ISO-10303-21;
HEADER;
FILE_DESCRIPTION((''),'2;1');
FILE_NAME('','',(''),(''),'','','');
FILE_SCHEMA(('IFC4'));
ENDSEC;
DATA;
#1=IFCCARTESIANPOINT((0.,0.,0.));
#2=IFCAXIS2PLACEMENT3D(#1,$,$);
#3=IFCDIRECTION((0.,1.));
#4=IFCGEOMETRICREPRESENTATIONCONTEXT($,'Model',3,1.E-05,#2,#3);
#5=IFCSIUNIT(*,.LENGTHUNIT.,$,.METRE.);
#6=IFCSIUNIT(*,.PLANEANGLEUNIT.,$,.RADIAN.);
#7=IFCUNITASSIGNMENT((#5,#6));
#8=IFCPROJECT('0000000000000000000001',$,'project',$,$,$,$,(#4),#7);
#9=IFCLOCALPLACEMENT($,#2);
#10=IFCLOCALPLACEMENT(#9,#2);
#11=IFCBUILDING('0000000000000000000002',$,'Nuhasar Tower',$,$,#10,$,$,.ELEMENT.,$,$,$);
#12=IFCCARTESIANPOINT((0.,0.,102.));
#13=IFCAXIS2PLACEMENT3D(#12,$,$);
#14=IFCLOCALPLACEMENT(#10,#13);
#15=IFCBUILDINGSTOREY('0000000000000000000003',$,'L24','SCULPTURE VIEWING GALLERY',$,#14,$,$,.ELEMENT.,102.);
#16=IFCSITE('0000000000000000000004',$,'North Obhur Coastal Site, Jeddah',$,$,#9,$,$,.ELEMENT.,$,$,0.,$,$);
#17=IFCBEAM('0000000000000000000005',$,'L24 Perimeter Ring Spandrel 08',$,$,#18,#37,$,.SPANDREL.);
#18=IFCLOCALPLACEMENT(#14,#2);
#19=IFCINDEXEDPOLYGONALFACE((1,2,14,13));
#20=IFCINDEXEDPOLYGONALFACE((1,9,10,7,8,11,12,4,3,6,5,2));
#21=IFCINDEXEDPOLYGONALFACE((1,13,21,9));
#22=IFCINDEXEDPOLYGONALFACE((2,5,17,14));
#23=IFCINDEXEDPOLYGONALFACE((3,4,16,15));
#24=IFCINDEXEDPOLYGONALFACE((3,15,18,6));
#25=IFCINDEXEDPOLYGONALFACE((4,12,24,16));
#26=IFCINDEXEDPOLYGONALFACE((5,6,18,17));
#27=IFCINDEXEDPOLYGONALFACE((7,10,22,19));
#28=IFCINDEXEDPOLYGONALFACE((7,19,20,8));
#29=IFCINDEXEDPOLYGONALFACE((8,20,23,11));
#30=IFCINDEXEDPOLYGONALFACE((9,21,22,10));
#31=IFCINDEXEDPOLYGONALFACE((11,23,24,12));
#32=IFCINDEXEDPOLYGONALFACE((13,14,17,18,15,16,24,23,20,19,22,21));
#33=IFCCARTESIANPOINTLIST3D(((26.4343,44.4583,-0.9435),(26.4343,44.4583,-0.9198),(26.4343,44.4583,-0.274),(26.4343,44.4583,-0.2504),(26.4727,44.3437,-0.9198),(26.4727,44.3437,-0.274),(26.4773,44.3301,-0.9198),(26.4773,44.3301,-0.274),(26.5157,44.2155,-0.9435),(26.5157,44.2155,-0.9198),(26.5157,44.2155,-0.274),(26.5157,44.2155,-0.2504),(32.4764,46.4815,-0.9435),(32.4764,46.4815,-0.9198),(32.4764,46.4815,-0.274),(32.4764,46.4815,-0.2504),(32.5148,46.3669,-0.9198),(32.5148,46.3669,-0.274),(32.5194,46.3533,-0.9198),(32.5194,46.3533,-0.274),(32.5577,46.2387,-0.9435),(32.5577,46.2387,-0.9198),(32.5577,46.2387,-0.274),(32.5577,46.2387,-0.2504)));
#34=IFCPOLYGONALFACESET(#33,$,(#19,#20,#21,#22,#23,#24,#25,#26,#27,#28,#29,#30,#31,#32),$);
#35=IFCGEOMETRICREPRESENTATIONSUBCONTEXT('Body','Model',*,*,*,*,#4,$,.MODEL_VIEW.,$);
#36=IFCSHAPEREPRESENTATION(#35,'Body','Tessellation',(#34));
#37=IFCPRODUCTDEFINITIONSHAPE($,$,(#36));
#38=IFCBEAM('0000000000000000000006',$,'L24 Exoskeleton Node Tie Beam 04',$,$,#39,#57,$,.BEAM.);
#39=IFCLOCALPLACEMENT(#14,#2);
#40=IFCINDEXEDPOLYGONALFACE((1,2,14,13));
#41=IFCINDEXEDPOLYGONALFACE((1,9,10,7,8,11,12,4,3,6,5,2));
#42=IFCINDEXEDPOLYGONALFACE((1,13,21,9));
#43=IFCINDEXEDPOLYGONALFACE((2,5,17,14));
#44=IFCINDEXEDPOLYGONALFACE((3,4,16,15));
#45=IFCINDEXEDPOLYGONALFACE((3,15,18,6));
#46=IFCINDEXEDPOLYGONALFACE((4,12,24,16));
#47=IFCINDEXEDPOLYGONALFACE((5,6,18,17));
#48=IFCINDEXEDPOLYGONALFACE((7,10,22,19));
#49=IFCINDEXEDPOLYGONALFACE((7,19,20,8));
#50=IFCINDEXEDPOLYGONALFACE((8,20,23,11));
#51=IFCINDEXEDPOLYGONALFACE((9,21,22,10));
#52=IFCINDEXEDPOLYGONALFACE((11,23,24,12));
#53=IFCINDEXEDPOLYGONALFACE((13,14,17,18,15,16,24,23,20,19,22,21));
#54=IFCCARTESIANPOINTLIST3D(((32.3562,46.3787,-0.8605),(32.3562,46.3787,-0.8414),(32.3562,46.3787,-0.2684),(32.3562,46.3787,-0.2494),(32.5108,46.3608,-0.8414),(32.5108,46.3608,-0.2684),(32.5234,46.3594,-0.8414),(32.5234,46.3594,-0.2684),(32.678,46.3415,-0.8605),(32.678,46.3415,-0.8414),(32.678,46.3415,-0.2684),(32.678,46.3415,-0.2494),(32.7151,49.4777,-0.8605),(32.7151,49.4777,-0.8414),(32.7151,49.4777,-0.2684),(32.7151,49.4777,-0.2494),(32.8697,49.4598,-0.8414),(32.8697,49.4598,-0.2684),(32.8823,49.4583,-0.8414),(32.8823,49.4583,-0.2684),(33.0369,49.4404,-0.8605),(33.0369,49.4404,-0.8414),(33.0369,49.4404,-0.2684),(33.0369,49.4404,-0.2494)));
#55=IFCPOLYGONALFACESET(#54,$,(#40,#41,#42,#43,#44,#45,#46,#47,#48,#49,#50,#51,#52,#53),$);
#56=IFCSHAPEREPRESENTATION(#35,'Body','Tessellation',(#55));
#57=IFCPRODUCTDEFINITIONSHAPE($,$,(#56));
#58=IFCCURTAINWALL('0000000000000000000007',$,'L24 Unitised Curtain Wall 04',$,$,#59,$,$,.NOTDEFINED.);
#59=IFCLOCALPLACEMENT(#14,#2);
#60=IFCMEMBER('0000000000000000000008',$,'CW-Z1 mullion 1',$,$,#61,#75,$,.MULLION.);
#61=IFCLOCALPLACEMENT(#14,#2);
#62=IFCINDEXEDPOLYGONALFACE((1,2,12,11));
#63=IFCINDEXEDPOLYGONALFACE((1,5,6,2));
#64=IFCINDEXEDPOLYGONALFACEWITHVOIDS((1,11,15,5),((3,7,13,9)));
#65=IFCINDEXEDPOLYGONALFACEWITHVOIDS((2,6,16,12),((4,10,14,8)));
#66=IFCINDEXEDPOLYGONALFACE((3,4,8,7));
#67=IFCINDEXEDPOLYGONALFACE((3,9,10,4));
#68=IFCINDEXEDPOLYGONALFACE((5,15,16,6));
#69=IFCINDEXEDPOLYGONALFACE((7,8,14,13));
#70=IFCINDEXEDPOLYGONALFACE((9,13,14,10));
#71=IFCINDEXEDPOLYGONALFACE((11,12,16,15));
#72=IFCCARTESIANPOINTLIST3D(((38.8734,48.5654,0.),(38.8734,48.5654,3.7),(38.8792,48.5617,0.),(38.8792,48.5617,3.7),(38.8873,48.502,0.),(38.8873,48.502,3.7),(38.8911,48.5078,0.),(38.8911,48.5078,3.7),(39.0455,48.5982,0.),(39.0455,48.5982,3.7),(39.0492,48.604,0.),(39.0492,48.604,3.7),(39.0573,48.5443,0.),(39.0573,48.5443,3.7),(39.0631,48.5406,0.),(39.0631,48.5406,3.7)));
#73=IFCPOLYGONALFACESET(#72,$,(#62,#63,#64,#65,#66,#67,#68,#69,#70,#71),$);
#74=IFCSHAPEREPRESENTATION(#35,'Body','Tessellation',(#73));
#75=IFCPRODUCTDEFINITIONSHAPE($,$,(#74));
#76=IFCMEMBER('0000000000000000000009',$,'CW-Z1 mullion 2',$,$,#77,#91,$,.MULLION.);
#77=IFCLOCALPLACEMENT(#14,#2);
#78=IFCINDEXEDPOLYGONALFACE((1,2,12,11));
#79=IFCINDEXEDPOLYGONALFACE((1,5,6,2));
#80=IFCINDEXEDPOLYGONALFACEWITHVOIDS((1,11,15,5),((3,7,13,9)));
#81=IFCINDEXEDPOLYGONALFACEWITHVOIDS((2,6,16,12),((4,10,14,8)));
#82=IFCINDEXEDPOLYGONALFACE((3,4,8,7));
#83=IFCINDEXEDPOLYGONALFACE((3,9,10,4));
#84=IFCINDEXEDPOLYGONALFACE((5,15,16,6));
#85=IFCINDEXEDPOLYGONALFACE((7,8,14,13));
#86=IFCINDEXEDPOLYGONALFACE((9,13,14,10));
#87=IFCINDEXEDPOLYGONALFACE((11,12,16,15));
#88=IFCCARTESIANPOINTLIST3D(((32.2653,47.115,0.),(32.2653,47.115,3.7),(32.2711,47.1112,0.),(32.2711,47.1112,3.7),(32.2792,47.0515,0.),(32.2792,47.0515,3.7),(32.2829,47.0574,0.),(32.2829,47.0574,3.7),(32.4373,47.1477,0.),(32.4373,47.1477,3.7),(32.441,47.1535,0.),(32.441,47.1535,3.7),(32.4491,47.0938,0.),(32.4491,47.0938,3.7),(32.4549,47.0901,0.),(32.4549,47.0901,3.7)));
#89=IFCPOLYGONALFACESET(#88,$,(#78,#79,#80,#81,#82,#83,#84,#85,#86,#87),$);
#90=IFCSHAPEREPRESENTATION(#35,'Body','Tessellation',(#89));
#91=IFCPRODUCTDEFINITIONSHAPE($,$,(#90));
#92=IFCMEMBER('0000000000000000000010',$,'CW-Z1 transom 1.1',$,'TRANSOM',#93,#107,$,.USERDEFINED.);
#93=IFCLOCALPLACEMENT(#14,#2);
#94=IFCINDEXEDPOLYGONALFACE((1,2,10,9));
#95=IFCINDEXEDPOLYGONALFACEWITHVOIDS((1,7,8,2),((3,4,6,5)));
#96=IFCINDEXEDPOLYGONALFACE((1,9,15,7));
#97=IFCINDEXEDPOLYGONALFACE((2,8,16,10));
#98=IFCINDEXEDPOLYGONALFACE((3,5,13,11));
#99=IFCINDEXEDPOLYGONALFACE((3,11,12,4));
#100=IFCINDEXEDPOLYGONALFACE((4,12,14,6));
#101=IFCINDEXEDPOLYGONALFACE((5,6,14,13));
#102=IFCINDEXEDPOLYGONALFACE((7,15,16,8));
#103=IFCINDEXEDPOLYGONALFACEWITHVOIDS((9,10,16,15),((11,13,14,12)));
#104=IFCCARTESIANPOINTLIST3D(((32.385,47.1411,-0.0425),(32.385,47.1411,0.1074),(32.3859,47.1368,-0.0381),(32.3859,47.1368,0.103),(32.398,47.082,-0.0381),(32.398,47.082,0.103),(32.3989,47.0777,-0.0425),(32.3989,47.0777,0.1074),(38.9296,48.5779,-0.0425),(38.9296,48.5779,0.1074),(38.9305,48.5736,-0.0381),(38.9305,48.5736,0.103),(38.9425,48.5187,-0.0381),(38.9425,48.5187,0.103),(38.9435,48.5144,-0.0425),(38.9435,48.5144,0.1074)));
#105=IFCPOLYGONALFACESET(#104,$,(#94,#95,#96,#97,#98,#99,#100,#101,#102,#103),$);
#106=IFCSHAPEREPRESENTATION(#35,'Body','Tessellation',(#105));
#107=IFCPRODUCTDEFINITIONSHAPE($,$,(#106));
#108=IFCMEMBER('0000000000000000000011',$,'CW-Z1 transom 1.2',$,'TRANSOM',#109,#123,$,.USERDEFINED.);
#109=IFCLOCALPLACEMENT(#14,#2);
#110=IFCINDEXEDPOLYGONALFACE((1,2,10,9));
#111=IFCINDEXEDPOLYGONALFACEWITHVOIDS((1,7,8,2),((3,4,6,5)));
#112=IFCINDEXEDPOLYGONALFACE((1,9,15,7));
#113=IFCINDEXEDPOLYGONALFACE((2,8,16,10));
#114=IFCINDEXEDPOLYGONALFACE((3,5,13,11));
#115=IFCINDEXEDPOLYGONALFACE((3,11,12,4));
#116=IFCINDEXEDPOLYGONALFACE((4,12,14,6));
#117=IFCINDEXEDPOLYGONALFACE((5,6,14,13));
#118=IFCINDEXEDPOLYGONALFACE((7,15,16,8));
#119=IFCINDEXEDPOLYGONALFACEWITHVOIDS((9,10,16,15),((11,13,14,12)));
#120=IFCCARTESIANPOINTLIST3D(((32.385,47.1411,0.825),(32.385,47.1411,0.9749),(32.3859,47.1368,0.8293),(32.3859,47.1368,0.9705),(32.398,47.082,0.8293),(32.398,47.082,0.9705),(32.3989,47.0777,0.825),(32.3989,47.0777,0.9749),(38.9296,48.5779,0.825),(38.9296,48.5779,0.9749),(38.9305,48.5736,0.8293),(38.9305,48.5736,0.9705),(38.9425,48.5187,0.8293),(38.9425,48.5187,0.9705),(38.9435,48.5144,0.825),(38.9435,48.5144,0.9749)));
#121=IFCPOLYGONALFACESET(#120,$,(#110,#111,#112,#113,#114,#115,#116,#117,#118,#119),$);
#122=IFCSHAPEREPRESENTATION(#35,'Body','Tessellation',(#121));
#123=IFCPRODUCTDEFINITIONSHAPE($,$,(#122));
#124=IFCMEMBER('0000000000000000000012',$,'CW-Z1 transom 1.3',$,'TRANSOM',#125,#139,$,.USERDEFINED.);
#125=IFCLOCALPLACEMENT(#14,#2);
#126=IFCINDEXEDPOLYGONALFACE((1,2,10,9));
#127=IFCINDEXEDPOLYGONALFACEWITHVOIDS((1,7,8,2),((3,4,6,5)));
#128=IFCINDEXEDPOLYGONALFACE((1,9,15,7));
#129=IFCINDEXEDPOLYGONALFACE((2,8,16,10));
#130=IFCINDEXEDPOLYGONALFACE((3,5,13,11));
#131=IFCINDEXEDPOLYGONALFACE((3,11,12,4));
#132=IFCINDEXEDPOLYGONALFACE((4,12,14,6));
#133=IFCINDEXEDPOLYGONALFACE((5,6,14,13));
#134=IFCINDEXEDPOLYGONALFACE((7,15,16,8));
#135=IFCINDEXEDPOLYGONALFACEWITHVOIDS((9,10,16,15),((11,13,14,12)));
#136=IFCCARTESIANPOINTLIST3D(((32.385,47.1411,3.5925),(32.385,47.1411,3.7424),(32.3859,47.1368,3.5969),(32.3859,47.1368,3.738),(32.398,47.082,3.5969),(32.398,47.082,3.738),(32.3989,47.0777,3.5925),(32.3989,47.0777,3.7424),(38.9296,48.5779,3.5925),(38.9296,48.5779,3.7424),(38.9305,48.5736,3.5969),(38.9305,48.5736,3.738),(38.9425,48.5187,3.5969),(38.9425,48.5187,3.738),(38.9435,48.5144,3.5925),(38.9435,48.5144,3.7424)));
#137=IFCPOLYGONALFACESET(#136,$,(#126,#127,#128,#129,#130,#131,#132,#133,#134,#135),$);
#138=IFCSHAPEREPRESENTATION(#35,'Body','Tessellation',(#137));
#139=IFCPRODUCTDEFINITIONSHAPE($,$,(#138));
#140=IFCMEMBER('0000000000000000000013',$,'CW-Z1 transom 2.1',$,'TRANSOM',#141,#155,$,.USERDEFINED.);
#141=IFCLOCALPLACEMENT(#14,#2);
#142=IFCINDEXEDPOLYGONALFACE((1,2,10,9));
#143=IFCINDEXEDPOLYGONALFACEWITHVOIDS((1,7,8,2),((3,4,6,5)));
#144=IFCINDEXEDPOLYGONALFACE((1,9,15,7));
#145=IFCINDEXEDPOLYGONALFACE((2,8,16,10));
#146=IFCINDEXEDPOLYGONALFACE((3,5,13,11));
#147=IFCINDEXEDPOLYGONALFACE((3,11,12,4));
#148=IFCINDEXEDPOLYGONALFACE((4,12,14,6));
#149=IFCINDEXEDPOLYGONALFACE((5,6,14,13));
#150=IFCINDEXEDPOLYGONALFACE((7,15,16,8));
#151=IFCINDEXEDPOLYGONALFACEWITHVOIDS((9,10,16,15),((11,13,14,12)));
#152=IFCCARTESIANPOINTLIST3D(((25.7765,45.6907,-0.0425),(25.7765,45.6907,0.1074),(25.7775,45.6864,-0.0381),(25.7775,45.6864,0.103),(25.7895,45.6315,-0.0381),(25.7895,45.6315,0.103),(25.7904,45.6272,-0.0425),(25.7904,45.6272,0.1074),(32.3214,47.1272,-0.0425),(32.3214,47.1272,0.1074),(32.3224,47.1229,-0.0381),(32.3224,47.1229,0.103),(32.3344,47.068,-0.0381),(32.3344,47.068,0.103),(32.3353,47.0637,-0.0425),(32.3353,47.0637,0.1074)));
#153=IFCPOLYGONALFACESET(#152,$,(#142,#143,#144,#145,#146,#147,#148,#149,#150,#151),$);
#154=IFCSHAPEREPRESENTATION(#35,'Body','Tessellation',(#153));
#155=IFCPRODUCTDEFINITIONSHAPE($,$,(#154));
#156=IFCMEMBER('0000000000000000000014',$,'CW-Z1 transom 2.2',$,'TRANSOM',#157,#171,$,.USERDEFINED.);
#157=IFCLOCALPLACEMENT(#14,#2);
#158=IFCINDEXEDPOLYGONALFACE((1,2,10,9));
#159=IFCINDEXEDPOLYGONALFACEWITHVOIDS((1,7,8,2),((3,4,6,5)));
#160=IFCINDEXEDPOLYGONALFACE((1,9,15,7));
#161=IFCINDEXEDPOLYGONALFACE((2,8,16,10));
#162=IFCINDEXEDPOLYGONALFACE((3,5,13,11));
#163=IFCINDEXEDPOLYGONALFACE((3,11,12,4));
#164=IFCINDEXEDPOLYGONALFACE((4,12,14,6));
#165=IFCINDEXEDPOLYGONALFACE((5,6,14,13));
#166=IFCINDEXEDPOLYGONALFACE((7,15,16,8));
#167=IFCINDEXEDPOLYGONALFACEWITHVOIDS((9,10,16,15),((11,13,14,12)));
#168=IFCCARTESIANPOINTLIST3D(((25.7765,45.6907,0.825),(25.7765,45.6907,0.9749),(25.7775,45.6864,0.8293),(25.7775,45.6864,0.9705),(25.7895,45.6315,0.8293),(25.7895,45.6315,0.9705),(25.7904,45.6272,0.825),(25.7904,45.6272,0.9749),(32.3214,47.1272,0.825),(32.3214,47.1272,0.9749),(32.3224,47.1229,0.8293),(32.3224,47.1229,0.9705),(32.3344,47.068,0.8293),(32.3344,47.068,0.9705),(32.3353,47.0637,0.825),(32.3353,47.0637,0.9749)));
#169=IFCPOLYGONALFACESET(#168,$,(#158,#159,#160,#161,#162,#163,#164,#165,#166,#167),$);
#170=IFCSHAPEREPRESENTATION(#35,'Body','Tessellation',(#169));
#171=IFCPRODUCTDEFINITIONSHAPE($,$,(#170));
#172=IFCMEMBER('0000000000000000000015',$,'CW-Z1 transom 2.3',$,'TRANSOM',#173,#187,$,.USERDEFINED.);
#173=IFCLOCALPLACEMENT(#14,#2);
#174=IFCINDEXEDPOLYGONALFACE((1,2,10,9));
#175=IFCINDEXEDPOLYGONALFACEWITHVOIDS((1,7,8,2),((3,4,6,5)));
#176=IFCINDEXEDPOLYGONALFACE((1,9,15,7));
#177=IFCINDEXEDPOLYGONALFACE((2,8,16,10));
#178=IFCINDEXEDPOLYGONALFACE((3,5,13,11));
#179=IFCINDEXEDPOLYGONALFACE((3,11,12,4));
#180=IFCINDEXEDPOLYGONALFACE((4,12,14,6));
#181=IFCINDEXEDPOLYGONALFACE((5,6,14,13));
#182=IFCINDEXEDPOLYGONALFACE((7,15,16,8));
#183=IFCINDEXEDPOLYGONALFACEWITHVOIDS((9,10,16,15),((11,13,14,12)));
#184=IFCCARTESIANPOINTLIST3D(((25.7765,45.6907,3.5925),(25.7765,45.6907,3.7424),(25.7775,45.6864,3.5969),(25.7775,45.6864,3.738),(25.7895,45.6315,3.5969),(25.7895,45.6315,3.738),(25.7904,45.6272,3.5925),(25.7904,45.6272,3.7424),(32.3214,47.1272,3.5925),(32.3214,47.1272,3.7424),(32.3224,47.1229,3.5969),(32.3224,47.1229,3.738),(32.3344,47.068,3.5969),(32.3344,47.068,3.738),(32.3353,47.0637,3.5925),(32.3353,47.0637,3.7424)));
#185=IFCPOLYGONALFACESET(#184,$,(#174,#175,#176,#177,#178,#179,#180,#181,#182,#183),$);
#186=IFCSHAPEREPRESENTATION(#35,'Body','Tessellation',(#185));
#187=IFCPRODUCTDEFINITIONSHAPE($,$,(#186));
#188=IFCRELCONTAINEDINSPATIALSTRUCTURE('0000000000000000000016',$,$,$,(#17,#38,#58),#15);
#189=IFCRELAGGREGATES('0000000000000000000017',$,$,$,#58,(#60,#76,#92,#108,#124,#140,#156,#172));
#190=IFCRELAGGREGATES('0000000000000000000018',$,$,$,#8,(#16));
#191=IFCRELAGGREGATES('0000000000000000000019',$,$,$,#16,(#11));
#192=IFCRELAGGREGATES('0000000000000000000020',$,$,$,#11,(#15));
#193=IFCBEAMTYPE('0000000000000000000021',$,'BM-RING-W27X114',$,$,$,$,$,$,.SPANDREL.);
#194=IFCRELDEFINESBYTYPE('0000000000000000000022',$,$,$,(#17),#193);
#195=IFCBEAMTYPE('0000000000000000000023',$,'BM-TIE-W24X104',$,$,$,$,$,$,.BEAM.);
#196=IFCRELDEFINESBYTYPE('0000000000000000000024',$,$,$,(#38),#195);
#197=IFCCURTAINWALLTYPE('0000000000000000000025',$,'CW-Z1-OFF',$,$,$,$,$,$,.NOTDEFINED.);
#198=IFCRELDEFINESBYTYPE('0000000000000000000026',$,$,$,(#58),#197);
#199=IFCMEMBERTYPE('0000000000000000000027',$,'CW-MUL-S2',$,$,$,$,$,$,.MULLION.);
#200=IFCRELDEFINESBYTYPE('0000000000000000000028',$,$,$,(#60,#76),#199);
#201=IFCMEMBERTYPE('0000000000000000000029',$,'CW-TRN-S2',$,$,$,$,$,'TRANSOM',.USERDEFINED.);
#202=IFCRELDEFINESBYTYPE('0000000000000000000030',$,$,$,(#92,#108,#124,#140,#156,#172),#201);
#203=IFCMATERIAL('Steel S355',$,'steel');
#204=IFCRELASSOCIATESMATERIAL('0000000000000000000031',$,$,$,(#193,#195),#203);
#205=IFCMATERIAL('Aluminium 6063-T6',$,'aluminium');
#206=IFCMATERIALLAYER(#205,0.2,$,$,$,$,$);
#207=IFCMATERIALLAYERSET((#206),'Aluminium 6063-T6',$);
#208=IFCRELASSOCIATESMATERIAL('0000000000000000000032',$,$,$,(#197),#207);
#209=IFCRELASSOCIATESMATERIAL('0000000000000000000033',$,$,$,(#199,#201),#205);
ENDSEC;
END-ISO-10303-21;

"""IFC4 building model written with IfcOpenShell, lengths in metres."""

from ifc_helpers import new_model, si_unit, direction, frame, origin, origin_2d, place, context, subcontext, project, spatial, hollow_rectangle, i_section, extrude, material, layer, layer_set, material_profile, profile_set, type_object, element, aggregate, save


model = new_model("IFC4")

# Units and contexts
model_context = context("Model", 3, precision=1e-05, world=origin(), true_north=direction((0.0, 1.0)))
body_context = subcontext(model_context, "Body", "Model", "MODEL_VIEW")
ifc_project = project(units=[si_unit("LENGTHUNIT", "METRE"), si_unit("PLANEANGLEUNIT", "RADIAN")], contexts=[model_context])

# Site, building, storey
site_placement = place(None, origin())
site = spatial("IfcSite", under=ifc_project, at=site_placement, Name="North Obhur Coastal Site, Jeddah", CompositionType="ELEMENT", RefElevation=0.0)
building_placement = place(site_placement, origin())
building = spatial("IfcBuilding", under=site, at=building_placement, Name="Nuhasar Tower", CompositionType="ELEMENT")
storey_placement = place(building_placement, frame((0.0, 0.0, 102.0)))
storey = spatial("IfcBuildingStorey", under=building, at=storey_placement, Name="L24", Description="SCULPTURE VIEWING GALLERY", CompositionType="ELEMENT", Elevation=102.0)

# Beams
ifc_material_1 = material(Name="Steel S355", Category="steel")
ifc_material_profile_1 = material_profile(ifc_material_1, i_section(OverallWidth=0.2561, OverallDepth=0.6931, WebThickness=0.0144, FlangeThickness=0.0237, at=origin_2d()), Name="W27X114")
ifc_profile_set_1 = profile_set([ifc_material_profile_1], Name="Steel S355")
beam_type_1 = type_object("IfcBeamType", Name="BM-RING-W27X114", PredefinedType="SPANDREL", material=ifc_profile_set_1)
beam_1_placement = place(storey_placement, frame((32.5171, 46.3601, -0.5969), z_axis=(-0.948249, -0.317526, 0.0), x_axis=(0.317526, -0.948249, 0.0)))
element("IfcBeam", 1, at=beam_1_placement, inside=storey, type_object=beam_type_1, Name="L24 Perimeter Ring Spandrel 08", PredefinedType="SPANDREL", context=body_context, shape_type="SweptSolid", body=[
    extrude(i_section(OverallWidth=0.2561, OverallDepth=0.6931, WebThickness=0.0144, FlangeThickness=0.0237, at=origin_2d()), origin(), (0.0, 0.0, 1.0), 6.3718),
])
ifc_material_profile_2 = material_profile(ifc_material_1, i_section(OverallWidth=0.324, OverallDepth=0.6111, WebThickness=0.0127, FlangeThickness=0.019, at=origin_2d()), Name="W24X104")
ifc_profile_set_2 = profile_set([ifc_material_profile_2], Name="Steel S355")
beam_type_2 = type_object("IfcBeamType", Name="BM-TIE-W24X104", PredefinedType="BEAM", material=ifc_profile_set_2)
beam_2_placement = place(storey_placement, frame((32.5171, 46.3601, -0.5549), z_axis=(0.115043, 0.993361, 0.0), x_axis=(-0.993361, 0.115043, 0.0)))
element("IfcBeam", 2, at=beam_2_placement, inside=storey, type_object=beam_type_2, Name="L24 Exoskeleton Node Tie Beam 04", PredefinedType="BEAM", context=body_context, shape_type="SweptSolid", body=[
    extrude(i_section(OverallWidth=0.324, OverallDepth=0.6111, WebThickness=0.0127, FlangeThickness=0.019, at=origin_2d()), origin(), (0.0, 0.0, 1.0), 3.1196),
])

# Curtain wall, members
ifc_material_2 = material(Name="Aluminium 6063-T6", Category="aluminium")
ifc_layer_1 = layer(ifc_material_2, 0.2)
ifc_layer_set_1 = layer_set([ifc_layer_1], Name="Aluminium 6063-T6")
curtain_wall_type = type_object("IfcCurtainWallType", Name="CW-Z1-OFF", PredefinedType="NOTDEFINED", material=ifc_layer_set_1)
curtain_wall_placement = place(storey_placement, origin())
curtain_wall = element("IfcCurtainWall", 3, at=curtain_wall_placement, inside=storey, type_object=curtain_wall_type, Name="L24 Unitised Curtain Wall 04", PredefinedType="NOTDEFINED")
ifc_material_profile_3 = material_profile(ifc_material_2, hollow_rectangle(XDim=0.0649, YDim=0.1799, WallThickness=0.0049, at=origin_2d()), Name="CWM-2")
ifc_profile_set_3 = profile_set([ifc_material_profile_3], Name="Aluminium 6063-T6")
member_type_1 = type_object("IfcMemberType", Name="CW-MUL-S2", PredefinedType="MULLION", material=ifc_profile_set_3)
member_1_placement = place(storey_placement, frame((38.9683, 48.553, 0.0), z_axis=(0.0, 0.0, 1.0), x_axis=(0.214399, -0.976746, 0.0)))
member_1 = element("IfcMember", 4, at=member_1_placement, type_object=member_type_1, Name="CW-Z1 mullion 1", PredefinedType="MULLION", context=body_context, shape_type="SweptSolid", body=[
    extrude(hollow_rectangle(XDim=0.0649, YDim=0.1799, WallThickness=0.0049, at=origin_2d()), origin(), (0.0, 0.0, 1.0), 3.7),
])
member_2_placement = place(storey_placement, frame((32.3601, 47.1025, 0.0), z_axis=(0.0, 0.0, 1.0), x_axis=(0.214399, -0.976746, 0.0)))
member_2 = element("IfcMember", 5, at=member_2_placement, type_object=member_type_1, Name="CW-Z1 mullion 2", PredefinedType="MULLION", context=body_context, shape_type="SweptSolid", body=[
    extrude(hollow_rectangle(XDim=0.0649, YDim=0.1799, WallThickness=0.0049, at=origin_2d()), origin(), (0.0, 0.0, 1.0), 3.7),
])
ifc_material_profile_4 = material_profile(ifc_material_2, hollow_rectangle(XDim=0.0649, YDim=0.1499, WallThickness=0.0044, at=origin_2d()), Name="CWT-2")
ifc_profile_set_4 = profile_set([ifc_material_profile_4], Name="Aluminium 6063-T6")
member_type_2 = type_object("IfcMemberType", Name="CW-TRN-S2", ElementType="TRANSOM", PredefinedType="USERDEFINED", material=ifc_profile_set_4)
member_3_placement = place(storey_placement, frame((38.9365, 48.5461, 0.0325), z_axis=(-0.97674, -0.214426, 0.0), x_axis=(0.214426, -0.97674, 0.0)))
member_3 = element("IfcMember", 6, at=member_3_placement, type_object=member_type_2, Name="CW-Z1 transom 1.1", ObjectType="TRANSOM", PredefinedType="USERDEFINED", context=body_context, shape_type="SweptSolid", body=[
    extrude(hollow_rectangle(XDim=0.0649, YDim=0.1499, WallThickness=0.0044, at=origin_2d()), origin(), (0.0, 0.0, 1.0), 6.7004),
])
member_4_placement = place(storey_placement, frame((38.9365, 48.5461, 0.8999), z_axis=(-0.97674, -0.214426, 0.0), x_axis=(0.214426, -0.97674, 0.0)))
member_4 = element("IfcMember", 7, at=member_4_placement, type_object=member_type_2, Name="CW-Z1 transom 1.2", ObjectType="TRANSOM", PredefinedType="USERDEFINED", context=body_context, shape_type="SweptSolid", body=[
    extrude(hollow_rectangle(XDim=0.0649, YDim=0.1499, WallThickness=0.0044, at=origin_2d()), origin(), (0.0, 0.0, 1.0), 6.7004),
])
member_5_placement = place(storey_placement, frame((38.9365, 48.5461, 3.6675), z_axis=(-0.97674, -0.214426, 0.0), x_axis=(0.214426, -0.97674, 0.0)))
member_5 = element("IfcMember", 8, at=member_5_placement, type_object=member_type_2, Name="CW-Z1 transom 1.3", ObjectType="TRANSOM", PredefinedType="USERDEFINED", context=body_context, shape_type="SweptSolid", body=[
    extrude(hollow_rectangle(XDim=0.0649, YDim=0.1499, WallThickness=0.0044, at=origin_2d()), origin(), (0.0, 0.0, 1.0), 6.7004),
])
member_6_placement = place(storey_placement, frame((32.3284, 47.0955, 0.0325), z_axis=(-0.97675, -0.214384, 0.0), x_axis=(0.214384, -0.97675, 0.0)))
member_6 = element("IfcMember", 9, at=member_6_placement, type_object=member_type_2, Name="CW-Z1 transom 2.1", ObjectType="TRANSOM", PredefinedType="USERDEFINED", context=body_context, shape_type="SweptSolid", body=[
    extrude(hollow_rectangle(XDim=0.0649, YDim=0.1499, WallThickness=0.0044, at=origin_2d()), origin(), (0.0, 0.0, 1.0), 6.7007),
])
member_7_placement = place(storey_placement, frame((32.3284, 47.0955, 0.8999), z_axis=(-0.97675, -0.214384, 0.0), x_axis=(0.214384, -0.97675, 0.0)))
member_7 = element("IfcMember", 10, at=member_7_placement, type_object=member_type_2, Name="CW-Z1 transom 2.2", ObjectType="TRANSOM", PredefinedType="USERDEFINED", context=body_context, shape_type="SweptSolid", body=[
    extrude(hollow_rectangle(XDim=0.0649, YDim=0.1499, WallThickness=0.0044, at=origin_2d()), origin(), (0.0, 0.0, 1.0), 6.7007),
])
member_8_placement = place(storey_placement, frame((32.3284, 47.0955, 3.6675), z_axis=(-0.97675, -0.214384, 0.0), x_axis=(0.214384, -0.97675, 0.0)))
member_8 = element("IfcMember", 11, at=member_8_placement, type_object=member_type_2, Name="CW-Z1 transom 2.3", ObjectType="TRANSOM", PredefinedType="USERDEFINED", context=body_context, shape_type="SweptSolid", body=[
    extrude(hollow_rectangle(XDim=0.0649, YDim=0.1499, WallThickness=0.0044, at=origin_2d()), origin(), (0.0, 0.0, 1.0), 6.7007),
])

aggregate(curtain_wall, [member_1, member_2, member_3, member_4, member_5, member_6, member_7, member_8])

save(model, "model.ifc")
